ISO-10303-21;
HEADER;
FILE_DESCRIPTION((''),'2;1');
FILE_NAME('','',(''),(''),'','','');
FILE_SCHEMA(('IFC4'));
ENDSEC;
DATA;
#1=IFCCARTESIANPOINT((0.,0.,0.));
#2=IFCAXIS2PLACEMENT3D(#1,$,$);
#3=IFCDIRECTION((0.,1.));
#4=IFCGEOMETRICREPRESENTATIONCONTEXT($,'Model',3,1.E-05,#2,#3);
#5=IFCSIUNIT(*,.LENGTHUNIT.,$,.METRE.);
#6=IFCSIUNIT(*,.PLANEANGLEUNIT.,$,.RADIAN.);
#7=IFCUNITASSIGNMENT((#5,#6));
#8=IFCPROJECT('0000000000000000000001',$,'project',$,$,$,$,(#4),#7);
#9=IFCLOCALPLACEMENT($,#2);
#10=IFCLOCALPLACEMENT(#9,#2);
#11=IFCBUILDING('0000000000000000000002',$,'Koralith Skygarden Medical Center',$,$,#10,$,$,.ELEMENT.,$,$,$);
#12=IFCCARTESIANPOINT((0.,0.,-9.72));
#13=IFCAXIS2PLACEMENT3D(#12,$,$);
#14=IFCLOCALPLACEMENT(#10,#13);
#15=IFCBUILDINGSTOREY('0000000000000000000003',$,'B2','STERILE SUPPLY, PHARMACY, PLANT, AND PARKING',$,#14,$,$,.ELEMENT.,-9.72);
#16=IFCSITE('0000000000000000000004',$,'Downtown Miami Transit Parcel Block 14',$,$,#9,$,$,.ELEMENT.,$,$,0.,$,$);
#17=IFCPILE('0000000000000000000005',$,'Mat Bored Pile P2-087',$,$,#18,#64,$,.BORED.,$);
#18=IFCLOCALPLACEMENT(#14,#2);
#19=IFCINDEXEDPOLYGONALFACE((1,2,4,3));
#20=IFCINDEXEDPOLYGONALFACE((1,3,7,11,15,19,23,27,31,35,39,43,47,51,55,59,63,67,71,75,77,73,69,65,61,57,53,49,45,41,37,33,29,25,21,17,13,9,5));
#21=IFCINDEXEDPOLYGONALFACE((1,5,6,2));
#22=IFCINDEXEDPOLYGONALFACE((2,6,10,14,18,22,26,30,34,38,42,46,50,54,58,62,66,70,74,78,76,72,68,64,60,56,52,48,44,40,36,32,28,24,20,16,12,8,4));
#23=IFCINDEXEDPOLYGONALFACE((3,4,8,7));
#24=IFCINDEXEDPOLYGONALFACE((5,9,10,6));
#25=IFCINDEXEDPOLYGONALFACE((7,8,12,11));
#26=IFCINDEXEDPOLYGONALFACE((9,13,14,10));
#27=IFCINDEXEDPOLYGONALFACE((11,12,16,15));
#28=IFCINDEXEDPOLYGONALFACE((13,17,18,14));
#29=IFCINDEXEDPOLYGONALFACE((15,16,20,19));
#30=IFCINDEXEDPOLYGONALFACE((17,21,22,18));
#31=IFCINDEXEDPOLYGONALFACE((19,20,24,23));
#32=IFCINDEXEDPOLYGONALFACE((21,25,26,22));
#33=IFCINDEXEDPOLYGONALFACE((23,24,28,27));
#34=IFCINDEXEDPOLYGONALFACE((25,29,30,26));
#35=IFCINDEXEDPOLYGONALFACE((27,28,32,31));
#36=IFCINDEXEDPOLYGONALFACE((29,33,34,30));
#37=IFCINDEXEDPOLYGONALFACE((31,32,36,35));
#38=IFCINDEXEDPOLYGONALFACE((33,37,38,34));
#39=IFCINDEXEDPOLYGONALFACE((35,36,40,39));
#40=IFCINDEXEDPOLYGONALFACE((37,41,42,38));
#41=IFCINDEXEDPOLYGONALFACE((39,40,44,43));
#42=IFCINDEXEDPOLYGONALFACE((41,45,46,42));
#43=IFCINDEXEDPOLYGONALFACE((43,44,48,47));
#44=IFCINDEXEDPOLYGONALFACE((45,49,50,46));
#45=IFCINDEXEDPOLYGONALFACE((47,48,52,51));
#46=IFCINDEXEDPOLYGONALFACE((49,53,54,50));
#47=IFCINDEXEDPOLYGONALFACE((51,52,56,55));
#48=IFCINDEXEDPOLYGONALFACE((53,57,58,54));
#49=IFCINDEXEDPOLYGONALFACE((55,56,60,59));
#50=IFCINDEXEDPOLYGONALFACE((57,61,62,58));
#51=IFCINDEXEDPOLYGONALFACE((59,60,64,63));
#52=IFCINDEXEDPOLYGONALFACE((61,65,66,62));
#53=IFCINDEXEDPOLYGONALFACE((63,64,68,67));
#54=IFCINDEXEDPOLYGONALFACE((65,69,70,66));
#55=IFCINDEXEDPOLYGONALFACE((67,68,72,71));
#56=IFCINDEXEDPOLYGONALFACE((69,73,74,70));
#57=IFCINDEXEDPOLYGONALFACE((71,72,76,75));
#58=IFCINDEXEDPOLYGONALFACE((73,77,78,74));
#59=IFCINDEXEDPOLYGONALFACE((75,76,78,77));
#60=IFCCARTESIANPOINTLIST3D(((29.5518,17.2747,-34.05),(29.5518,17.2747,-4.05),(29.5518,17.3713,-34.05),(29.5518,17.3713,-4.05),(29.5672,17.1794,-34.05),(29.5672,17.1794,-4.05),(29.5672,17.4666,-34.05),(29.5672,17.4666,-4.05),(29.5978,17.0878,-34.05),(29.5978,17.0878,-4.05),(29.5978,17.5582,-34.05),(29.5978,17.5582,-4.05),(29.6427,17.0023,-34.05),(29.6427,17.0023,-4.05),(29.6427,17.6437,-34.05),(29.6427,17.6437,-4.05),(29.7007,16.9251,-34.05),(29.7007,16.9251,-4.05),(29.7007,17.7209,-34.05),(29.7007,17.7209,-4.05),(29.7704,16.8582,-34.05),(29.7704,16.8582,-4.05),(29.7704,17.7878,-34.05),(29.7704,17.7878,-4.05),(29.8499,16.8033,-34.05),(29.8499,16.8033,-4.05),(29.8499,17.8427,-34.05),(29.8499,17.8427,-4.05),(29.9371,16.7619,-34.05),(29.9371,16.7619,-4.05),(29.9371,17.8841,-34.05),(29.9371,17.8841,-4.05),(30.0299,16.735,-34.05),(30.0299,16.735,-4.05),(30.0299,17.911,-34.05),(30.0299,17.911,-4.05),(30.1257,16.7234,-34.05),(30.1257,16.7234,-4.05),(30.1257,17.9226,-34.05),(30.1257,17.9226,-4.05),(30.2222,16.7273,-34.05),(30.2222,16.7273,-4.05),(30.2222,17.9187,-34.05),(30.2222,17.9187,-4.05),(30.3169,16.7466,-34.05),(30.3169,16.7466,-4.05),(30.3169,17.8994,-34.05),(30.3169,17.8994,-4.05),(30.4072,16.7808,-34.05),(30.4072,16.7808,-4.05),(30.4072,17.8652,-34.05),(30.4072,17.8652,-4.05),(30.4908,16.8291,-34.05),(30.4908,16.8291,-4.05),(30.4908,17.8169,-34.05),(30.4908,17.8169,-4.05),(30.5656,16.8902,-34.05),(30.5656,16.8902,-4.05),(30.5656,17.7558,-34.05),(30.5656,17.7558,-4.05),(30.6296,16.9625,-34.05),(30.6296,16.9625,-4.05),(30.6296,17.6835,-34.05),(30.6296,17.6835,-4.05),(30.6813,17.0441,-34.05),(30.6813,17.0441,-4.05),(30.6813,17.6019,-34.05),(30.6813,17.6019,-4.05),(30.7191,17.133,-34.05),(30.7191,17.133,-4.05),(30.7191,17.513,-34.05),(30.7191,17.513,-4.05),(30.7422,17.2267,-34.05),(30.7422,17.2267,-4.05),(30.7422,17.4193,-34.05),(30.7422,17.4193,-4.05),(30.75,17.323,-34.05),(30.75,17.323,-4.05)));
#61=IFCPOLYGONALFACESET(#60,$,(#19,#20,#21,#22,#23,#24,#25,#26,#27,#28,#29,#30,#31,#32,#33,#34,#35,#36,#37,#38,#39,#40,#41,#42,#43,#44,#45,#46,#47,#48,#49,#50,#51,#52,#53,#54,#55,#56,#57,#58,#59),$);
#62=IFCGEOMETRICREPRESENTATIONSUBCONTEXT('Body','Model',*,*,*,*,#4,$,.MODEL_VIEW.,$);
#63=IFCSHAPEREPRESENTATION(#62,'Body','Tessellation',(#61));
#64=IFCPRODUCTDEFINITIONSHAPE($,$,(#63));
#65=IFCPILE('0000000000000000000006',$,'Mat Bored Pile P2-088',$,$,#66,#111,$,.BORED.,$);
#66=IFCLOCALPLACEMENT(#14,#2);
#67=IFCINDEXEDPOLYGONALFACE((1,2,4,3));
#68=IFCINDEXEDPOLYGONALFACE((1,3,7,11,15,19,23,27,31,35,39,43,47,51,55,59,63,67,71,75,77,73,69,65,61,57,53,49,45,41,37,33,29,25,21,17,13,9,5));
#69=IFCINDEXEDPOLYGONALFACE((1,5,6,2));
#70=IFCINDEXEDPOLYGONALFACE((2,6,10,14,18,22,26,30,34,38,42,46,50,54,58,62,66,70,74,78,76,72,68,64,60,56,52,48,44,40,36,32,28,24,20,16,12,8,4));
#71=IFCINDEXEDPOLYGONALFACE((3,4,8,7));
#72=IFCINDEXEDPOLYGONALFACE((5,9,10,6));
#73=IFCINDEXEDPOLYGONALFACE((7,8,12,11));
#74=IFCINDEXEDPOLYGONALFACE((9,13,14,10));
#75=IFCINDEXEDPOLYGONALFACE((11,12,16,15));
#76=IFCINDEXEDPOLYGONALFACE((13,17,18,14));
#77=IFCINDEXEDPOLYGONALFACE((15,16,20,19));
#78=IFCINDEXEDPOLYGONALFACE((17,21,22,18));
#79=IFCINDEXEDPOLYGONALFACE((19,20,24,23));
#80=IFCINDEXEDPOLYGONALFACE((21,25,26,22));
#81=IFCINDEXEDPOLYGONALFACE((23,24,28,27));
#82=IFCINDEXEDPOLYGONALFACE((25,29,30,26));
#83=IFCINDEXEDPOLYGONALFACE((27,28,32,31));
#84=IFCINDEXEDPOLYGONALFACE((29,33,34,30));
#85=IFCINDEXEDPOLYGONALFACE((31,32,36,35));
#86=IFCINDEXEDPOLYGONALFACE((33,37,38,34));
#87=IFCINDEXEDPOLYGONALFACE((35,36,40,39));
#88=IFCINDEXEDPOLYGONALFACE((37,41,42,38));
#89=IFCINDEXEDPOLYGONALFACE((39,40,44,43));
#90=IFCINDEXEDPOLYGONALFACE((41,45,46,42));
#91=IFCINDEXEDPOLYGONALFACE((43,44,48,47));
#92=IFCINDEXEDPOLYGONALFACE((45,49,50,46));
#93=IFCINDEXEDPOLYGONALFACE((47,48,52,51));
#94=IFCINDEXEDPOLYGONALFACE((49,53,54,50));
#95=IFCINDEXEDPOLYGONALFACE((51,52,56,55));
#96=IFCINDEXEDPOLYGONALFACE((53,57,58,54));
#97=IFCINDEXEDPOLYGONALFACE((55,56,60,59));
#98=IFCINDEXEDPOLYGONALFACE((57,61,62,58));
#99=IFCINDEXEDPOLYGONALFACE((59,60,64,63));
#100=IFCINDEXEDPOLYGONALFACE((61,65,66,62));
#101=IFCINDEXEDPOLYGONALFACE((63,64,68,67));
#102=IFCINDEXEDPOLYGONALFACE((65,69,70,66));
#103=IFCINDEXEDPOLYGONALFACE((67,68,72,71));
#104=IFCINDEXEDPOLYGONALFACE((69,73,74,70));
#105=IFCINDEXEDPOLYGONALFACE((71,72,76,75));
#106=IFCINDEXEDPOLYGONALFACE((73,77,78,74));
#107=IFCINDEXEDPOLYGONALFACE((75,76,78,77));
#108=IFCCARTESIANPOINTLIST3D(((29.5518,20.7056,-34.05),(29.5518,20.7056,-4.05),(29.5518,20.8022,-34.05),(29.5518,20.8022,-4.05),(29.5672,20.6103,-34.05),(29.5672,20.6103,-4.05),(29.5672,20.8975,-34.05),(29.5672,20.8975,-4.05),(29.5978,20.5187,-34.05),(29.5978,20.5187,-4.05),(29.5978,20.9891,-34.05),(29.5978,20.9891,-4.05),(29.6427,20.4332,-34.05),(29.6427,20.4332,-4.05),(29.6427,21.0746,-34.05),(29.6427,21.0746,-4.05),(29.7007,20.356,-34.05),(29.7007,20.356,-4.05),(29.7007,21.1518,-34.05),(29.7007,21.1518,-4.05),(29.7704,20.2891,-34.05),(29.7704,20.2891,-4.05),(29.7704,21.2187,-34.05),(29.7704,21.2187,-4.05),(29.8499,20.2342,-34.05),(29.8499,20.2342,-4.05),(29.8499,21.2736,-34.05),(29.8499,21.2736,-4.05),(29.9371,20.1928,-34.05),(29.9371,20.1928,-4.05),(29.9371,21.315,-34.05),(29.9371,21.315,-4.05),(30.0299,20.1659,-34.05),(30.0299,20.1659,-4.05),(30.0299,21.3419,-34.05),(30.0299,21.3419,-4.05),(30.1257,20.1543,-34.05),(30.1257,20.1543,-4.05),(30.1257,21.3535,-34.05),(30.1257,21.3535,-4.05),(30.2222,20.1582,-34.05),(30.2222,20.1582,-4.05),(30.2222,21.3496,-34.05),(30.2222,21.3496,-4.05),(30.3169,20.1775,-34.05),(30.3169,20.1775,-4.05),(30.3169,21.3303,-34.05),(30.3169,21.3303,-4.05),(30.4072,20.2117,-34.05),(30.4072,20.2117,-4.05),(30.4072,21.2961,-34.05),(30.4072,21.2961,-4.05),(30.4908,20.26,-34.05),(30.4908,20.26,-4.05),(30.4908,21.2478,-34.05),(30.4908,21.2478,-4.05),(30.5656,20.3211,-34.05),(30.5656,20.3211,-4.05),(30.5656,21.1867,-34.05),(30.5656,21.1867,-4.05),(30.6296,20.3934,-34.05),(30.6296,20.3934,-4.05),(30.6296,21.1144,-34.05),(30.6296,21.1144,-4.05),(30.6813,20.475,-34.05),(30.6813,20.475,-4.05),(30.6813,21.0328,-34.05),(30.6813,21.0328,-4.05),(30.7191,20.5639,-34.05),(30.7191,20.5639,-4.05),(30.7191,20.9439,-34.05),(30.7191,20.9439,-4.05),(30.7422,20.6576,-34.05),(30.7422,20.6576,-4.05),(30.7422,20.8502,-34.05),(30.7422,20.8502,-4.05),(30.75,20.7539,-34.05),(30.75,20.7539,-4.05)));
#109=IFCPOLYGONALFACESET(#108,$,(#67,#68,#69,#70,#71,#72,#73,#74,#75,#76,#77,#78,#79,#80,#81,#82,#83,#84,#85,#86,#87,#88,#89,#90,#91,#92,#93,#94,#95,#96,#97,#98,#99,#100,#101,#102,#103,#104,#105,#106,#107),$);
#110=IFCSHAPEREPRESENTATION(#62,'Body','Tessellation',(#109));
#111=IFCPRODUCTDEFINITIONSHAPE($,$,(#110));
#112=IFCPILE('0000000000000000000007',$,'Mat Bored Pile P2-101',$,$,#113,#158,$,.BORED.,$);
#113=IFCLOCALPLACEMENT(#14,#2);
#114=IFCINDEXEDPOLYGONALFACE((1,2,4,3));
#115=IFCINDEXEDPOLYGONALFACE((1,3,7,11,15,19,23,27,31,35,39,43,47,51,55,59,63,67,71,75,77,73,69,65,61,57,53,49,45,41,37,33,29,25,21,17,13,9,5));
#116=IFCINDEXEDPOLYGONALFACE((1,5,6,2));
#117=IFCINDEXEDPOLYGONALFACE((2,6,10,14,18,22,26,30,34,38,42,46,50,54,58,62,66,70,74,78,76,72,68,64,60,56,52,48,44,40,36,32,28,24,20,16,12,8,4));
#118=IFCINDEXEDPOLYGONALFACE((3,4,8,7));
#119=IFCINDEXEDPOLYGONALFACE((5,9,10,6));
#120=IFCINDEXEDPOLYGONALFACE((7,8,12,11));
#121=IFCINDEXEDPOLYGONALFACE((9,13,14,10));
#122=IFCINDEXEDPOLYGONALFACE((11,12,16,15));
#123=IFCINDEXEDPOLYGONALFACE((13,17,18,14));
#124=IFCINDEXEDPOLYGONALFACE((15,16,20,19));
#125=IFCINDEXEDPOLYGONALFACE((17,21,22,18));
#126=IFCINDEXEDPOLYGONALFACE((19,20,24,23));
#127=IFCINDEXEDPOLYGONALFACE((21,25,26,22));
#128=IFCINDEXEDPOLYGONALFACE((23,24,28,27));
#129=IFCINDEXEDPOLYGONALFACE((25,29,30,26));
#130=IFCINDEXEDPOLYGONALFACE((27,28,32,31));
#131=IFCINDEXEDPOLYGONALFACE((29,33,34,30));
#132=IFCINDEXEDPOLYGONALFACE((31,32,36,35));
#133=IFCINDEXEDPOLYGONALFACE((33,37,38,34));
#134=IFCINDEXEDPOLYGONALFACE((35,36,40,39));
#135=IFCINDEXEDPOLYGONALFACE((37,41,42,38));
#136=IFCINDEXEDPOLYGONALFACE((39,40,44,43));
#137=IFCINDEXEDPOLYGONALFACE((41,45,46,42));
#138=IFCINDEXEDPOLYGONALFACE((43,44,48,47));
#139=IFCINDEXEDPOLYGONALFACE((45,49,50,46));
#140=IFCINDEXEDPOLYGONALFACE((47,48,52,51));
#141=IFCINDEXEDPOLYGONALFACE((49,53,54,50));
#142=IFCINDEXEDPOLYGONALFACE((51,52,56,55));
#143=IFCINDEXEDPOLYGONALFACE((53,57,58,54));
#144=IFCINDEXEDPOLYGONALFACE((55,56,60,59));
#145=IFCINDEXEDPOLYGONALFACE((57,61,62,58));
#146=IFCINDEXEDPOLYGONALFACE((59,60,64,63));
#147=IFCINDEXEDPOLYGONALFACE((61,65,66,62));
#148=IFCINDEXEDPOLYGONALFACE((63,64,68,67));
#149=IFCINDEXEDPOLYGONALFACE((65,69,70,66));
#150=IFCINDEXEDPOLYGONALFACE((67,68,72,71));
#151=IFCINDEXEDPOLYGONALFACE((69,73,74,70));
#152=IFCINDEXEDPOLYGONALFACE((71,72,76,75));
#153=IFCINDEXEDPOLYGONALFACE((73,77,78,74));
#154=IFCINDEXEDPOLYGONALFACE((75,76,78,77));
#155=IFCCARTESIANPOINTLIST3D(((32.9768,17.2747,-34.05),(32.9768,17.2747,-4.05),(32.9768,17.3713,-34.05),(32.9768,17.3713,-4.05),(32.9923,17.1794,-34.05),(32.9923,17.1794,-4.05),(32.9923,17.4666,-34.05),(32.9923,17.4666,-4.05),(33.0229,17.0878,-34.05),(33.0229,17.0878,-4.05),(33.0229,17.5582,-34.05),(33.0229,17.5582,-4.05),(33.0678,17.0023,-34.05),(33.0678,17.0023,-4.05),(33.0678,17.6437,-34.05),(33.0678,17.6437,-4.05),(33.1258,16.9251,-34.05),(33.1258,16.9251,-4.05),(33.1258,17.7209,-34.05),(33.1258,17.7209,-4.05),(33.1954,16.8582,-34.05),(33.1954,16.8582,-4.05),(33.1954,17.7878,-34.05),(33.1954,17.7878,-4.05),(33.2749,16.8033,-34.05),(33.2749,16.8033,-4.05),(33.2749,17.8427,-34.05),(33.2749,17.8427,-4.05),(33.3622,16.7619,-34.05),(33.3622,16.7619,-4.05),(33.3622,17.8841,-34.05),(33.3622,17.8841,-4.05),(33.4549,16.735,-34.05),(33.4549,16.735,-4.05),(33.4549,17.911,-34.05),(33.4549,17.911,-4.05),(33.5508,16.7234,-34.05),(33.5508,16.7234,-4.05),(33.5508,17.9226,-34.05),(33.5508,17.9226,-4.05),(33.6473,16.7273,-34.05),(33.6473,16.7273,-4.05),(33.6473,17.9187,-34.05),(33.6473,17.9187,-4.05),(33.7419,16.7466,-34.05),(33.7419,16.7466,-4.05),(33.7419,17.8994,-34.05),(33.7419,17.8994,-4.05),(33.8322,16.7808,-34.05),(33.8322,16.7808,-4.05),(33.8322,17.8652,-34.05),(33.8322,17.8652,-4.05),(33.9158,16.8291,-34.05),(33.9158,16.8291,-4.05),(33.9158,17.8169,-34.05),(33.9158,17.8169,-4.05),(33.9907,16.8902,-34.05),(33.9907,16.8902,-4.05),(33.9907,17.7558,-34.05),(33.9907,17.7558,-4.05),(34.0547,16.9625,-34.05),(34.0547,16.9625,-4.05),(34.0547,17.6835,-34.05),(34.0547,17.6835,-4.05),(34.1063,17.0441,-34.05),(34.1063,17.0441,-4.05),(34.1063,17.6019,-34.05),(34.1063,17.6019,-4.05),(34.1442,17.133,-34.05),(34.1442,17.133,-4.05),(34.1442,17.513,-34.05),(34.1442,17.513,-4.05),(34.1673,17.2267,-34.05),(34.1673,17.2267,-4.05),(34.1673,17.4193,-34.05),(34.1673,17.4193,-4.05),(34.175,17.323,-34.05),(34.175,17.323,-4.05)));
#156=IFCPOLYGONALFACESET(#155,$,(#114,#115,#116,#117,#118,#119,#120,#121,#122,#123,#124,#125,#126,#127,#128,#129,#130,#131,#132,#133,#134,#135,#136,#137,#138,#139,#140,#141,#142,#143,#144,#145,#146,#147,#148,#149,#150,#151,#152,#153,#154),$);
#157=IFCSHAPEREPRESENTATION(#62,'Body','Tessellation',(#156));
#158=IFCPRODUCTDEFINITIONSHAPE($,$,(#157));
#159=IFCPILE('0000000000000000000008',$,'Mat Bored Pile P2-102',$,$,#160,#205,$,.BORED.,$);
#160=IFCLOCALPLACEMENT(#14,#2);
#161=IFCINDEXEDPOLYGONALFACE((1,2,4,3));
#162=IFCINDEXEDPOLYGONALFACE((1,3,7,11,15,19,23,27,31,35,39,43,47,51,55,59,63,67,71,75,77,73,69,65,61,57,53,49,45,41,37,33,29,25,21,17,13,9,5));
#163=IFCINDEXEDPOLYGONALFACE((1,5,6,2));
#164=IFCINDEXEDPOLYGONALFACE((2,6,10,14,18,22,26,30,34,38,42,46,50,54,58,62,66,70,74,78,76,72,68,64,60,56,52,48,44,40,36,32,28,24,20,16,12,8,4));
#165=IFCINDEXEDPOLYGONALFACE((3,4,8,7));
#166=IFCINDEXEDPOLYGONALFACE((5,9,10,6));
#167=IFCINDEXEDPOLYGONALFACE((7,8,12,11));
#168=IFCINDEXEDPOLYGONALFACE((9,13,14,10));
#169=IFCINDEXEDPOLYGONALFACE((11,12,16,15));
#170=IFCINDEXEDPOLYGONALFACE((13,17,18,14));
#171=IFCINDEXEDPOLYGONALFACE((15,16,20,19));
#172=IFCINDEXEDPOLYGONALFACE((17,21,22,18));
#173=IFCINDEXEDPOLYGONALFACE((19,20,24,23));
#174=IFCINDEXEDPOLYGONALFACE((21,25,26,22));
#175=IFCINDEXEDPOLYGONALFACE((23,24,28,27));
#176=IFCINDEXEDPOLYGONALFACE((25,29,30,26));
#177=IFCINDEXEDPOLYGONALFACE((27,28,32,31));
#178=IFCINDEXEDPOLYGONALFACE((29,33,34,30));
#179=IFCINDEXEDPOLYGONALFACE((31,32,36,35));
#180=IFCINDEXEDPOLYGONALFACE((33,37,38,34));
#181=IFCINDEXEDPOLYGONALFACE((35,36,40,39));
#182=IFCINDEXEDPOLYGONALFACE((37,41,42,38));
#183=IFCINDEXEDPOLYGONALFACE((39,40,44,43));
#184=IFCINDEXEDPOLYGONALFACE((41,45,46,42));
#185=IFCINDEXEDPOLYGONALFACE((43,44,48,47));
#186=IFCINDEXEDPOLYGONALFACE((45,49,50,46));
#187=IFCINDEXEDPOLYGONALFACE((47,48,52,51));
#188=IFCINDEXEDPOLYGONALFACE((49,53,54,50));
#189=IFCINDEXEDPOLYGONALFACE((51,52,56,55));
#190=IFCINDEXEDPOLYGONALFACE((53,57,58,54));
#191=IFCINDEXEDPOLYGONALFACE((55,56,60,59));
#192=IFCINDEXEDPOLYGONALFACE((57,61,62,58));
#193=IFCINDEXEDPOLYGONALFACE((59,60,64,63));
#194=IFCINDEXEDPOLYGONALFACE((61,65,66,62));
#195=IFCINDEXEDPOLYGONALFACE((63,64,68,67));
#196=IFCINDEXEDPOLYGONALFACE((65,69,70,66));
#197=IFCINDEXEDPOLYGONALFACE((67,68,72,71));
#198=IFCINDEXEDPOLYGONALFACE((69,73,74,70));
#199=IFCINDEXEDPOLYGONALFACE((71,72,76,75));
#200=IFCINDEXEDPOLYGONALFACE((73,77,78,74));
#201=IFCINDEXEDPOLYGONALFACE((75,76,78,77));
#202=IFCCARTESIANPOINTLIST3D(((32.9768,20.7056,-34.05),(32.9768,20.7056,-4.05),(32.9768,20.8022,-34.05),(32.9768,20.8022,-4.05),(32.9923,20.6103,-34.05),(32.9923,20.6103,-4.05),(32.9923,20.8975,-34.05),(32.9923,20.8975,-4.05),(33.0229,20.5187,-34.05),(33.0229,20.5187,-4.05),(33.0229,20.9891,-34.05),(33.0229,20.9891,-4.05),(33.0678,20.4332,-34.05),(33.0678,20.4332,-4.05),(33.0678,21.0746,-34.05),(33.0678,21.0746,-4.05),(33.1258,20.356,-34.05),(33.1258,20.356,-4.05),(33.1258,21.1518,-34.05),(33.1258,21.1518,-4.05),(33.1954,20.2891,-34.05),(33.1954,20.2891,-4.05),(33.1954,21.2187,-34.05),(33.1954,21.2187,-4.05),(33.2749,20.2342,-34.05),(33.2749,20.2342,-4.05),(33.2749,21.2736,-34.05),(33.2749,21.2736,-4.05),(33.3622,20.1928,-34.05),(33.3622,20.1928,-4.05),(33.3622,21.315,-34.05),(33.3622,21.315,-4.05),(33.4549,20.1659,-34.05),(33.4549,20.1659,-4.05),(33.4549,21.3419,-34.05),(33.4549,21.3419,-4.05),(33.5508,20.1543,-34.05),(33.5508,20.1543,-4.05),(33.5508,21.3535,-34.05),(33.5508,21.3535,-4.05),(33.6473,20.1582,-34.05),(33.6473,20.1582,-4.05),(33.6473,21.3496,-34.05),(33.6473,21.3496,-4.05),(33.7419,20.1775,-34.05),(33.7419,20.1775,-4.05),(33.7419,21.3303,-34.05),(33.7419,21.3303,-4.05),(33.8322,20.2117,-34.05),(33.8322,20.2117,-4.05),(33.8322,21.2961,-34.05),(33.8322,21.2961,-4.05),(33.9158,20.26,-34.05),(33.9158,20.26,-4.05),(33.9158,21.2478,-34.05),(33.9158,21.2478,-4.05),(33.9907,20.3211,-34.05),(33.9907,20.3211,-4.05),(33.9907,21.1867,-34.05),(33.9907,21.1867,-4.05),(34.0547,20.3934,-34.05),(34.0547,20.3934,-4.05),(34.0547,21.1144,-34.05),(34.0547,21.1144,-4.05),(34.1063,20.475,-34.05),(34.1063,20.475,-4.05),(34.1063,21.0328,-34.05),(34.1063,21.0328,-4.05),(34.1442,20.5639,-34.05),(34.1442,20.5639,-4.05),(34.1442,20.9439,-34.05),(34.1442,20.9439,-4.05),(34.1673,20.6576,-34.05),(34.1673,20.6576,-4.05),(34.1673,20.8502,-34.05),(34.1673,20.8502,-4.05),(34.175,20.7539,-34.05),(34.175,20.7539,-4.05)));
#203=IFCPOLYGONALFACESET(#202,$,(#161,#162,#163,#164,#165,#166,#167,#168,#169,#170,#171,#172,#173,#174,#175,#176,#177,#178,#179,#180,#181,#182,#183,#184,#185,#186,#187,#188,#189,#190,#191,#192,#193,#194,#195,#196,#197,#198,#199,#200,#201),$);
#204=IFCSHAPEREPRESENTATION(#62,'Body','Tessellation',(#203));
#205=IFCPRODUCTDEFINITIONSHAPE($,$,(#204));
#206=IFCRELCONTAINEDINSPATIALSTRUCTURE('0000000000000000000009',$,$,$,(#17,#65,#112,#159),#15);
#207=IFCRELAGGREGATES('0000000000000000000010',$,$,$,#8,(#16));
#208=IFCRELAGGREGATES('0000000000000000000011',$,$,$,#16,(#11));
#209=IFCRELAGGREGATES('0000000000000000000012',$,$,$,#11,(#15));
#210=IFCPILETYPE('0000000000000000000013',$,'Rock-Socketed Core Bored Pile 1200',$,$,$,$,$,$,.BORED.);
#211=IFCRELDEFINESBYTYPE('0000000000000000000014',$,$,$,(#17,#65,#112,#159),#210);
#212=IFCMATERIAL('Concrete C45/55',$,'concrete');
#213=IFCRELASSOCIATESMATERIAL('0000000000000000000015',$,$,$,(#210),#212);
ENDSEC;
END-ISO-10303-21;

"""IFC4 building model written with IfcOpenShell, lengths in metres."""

from ifc_helpers import new_model, si_unit, direction, frame, origin, origin_2d, place, context, subcontext, project, spatial, circle, extrude, material, material_profile, profile_set, type_object, element, save


model = new_model("IFC4")

# Units and contexts
model_context = context("Model", 3, precision=1e-05, world=origin(), true_north=direction((0.0, 1.0)))
body_context = subcontext(model_context, "Body", "Model", "MODEL_VIEW")
ifc_project = project(units=[si_unit("LENGTHUNIT", "METRE"), si_unit("PLANEANGLEUNIT", "RADIAN")], contexts=[model_context])

# Site, building, storey
site_placement = place(None, origin())
site = spatial("IfcSite", under=ifc_project, at=site_placement, Name="Downtown Miami Transit Parcel Block 14", CompositionType="ELEMENT", RefElevation=0.0)
building_placement = place(site_placement, origin())
building = spatial("IfcBuilding", under=site, at=building_placement, Name="Koralith Skygarden Medical Center", CompositionType="ELEMENT")
storey_placement = place(building_placement, frame((0.0, 0.0, -9.72)))
storey = spatial("IfcBuildingStorey", under=building, at=storey_placement, Name="B2", Description="STERILE SUPPLY, PHARMACY, PLANT, AND PARKING", CompositionType="ELEMENT", Elevation=-9.72)

# Piles
ifc_material_1 = material(Name="Concrete C45/55", Category="concrete")
ifc_material_profile_1 = material_profile(ifc_material_1, circle(Radius=0.6001, at=origin_2d()), Name="PILE1200")
ifc_profile_set_1 = profile_set([ifc_material_profile_1], Name="Concrete C45/55")
pile_type_1 = type_object("IfcPileType", Name="Rock-Socketed Core Bored Pile 1200", PredefinedType="BORED", material=ifc_profile_set_1)
for number, where, z_axis, x_axis, name in (
    (1, (30.1499, 17.323, -4.05), (0.0, 0.0, -1.0), (1.0, 0.0, 0.0), "Mat Bored Pile P2-087"),
    (2, (30.1499, 20.7539, -4.05), (0.0, 0.0, -1.0), (1.0, 0.0, 0.0), "Mat Bored Pile P2-088"),
    (3, (33.575, 17.323, -4.05), (0.0, 0.0, -1.0), (1.0, 0.0, 0.0), "Mat Bored Pile P2-101"),
    (4, (33.575, 20.7539, -4.05), (0.0, 0.0, -1.0), (1.0, 0.0, 0.0), "Mat Bored Pile P2-102"),
):
    element("IfcPile", number, at=place(storey_placement, frame(where, z_axis=z_axis, x_axis=x_axis)), inside=storey, type_object=pile_type_1, Name=name, PredefinedType="BORED", context=body_context, shape_type="SweptSolid", body=[
        extrude(circle(Radius=0.6001, at=origin_2d()), origin(), (0.0, 0.0, 1.0), 30.0),
    ])

save(model, "model.ifc")
